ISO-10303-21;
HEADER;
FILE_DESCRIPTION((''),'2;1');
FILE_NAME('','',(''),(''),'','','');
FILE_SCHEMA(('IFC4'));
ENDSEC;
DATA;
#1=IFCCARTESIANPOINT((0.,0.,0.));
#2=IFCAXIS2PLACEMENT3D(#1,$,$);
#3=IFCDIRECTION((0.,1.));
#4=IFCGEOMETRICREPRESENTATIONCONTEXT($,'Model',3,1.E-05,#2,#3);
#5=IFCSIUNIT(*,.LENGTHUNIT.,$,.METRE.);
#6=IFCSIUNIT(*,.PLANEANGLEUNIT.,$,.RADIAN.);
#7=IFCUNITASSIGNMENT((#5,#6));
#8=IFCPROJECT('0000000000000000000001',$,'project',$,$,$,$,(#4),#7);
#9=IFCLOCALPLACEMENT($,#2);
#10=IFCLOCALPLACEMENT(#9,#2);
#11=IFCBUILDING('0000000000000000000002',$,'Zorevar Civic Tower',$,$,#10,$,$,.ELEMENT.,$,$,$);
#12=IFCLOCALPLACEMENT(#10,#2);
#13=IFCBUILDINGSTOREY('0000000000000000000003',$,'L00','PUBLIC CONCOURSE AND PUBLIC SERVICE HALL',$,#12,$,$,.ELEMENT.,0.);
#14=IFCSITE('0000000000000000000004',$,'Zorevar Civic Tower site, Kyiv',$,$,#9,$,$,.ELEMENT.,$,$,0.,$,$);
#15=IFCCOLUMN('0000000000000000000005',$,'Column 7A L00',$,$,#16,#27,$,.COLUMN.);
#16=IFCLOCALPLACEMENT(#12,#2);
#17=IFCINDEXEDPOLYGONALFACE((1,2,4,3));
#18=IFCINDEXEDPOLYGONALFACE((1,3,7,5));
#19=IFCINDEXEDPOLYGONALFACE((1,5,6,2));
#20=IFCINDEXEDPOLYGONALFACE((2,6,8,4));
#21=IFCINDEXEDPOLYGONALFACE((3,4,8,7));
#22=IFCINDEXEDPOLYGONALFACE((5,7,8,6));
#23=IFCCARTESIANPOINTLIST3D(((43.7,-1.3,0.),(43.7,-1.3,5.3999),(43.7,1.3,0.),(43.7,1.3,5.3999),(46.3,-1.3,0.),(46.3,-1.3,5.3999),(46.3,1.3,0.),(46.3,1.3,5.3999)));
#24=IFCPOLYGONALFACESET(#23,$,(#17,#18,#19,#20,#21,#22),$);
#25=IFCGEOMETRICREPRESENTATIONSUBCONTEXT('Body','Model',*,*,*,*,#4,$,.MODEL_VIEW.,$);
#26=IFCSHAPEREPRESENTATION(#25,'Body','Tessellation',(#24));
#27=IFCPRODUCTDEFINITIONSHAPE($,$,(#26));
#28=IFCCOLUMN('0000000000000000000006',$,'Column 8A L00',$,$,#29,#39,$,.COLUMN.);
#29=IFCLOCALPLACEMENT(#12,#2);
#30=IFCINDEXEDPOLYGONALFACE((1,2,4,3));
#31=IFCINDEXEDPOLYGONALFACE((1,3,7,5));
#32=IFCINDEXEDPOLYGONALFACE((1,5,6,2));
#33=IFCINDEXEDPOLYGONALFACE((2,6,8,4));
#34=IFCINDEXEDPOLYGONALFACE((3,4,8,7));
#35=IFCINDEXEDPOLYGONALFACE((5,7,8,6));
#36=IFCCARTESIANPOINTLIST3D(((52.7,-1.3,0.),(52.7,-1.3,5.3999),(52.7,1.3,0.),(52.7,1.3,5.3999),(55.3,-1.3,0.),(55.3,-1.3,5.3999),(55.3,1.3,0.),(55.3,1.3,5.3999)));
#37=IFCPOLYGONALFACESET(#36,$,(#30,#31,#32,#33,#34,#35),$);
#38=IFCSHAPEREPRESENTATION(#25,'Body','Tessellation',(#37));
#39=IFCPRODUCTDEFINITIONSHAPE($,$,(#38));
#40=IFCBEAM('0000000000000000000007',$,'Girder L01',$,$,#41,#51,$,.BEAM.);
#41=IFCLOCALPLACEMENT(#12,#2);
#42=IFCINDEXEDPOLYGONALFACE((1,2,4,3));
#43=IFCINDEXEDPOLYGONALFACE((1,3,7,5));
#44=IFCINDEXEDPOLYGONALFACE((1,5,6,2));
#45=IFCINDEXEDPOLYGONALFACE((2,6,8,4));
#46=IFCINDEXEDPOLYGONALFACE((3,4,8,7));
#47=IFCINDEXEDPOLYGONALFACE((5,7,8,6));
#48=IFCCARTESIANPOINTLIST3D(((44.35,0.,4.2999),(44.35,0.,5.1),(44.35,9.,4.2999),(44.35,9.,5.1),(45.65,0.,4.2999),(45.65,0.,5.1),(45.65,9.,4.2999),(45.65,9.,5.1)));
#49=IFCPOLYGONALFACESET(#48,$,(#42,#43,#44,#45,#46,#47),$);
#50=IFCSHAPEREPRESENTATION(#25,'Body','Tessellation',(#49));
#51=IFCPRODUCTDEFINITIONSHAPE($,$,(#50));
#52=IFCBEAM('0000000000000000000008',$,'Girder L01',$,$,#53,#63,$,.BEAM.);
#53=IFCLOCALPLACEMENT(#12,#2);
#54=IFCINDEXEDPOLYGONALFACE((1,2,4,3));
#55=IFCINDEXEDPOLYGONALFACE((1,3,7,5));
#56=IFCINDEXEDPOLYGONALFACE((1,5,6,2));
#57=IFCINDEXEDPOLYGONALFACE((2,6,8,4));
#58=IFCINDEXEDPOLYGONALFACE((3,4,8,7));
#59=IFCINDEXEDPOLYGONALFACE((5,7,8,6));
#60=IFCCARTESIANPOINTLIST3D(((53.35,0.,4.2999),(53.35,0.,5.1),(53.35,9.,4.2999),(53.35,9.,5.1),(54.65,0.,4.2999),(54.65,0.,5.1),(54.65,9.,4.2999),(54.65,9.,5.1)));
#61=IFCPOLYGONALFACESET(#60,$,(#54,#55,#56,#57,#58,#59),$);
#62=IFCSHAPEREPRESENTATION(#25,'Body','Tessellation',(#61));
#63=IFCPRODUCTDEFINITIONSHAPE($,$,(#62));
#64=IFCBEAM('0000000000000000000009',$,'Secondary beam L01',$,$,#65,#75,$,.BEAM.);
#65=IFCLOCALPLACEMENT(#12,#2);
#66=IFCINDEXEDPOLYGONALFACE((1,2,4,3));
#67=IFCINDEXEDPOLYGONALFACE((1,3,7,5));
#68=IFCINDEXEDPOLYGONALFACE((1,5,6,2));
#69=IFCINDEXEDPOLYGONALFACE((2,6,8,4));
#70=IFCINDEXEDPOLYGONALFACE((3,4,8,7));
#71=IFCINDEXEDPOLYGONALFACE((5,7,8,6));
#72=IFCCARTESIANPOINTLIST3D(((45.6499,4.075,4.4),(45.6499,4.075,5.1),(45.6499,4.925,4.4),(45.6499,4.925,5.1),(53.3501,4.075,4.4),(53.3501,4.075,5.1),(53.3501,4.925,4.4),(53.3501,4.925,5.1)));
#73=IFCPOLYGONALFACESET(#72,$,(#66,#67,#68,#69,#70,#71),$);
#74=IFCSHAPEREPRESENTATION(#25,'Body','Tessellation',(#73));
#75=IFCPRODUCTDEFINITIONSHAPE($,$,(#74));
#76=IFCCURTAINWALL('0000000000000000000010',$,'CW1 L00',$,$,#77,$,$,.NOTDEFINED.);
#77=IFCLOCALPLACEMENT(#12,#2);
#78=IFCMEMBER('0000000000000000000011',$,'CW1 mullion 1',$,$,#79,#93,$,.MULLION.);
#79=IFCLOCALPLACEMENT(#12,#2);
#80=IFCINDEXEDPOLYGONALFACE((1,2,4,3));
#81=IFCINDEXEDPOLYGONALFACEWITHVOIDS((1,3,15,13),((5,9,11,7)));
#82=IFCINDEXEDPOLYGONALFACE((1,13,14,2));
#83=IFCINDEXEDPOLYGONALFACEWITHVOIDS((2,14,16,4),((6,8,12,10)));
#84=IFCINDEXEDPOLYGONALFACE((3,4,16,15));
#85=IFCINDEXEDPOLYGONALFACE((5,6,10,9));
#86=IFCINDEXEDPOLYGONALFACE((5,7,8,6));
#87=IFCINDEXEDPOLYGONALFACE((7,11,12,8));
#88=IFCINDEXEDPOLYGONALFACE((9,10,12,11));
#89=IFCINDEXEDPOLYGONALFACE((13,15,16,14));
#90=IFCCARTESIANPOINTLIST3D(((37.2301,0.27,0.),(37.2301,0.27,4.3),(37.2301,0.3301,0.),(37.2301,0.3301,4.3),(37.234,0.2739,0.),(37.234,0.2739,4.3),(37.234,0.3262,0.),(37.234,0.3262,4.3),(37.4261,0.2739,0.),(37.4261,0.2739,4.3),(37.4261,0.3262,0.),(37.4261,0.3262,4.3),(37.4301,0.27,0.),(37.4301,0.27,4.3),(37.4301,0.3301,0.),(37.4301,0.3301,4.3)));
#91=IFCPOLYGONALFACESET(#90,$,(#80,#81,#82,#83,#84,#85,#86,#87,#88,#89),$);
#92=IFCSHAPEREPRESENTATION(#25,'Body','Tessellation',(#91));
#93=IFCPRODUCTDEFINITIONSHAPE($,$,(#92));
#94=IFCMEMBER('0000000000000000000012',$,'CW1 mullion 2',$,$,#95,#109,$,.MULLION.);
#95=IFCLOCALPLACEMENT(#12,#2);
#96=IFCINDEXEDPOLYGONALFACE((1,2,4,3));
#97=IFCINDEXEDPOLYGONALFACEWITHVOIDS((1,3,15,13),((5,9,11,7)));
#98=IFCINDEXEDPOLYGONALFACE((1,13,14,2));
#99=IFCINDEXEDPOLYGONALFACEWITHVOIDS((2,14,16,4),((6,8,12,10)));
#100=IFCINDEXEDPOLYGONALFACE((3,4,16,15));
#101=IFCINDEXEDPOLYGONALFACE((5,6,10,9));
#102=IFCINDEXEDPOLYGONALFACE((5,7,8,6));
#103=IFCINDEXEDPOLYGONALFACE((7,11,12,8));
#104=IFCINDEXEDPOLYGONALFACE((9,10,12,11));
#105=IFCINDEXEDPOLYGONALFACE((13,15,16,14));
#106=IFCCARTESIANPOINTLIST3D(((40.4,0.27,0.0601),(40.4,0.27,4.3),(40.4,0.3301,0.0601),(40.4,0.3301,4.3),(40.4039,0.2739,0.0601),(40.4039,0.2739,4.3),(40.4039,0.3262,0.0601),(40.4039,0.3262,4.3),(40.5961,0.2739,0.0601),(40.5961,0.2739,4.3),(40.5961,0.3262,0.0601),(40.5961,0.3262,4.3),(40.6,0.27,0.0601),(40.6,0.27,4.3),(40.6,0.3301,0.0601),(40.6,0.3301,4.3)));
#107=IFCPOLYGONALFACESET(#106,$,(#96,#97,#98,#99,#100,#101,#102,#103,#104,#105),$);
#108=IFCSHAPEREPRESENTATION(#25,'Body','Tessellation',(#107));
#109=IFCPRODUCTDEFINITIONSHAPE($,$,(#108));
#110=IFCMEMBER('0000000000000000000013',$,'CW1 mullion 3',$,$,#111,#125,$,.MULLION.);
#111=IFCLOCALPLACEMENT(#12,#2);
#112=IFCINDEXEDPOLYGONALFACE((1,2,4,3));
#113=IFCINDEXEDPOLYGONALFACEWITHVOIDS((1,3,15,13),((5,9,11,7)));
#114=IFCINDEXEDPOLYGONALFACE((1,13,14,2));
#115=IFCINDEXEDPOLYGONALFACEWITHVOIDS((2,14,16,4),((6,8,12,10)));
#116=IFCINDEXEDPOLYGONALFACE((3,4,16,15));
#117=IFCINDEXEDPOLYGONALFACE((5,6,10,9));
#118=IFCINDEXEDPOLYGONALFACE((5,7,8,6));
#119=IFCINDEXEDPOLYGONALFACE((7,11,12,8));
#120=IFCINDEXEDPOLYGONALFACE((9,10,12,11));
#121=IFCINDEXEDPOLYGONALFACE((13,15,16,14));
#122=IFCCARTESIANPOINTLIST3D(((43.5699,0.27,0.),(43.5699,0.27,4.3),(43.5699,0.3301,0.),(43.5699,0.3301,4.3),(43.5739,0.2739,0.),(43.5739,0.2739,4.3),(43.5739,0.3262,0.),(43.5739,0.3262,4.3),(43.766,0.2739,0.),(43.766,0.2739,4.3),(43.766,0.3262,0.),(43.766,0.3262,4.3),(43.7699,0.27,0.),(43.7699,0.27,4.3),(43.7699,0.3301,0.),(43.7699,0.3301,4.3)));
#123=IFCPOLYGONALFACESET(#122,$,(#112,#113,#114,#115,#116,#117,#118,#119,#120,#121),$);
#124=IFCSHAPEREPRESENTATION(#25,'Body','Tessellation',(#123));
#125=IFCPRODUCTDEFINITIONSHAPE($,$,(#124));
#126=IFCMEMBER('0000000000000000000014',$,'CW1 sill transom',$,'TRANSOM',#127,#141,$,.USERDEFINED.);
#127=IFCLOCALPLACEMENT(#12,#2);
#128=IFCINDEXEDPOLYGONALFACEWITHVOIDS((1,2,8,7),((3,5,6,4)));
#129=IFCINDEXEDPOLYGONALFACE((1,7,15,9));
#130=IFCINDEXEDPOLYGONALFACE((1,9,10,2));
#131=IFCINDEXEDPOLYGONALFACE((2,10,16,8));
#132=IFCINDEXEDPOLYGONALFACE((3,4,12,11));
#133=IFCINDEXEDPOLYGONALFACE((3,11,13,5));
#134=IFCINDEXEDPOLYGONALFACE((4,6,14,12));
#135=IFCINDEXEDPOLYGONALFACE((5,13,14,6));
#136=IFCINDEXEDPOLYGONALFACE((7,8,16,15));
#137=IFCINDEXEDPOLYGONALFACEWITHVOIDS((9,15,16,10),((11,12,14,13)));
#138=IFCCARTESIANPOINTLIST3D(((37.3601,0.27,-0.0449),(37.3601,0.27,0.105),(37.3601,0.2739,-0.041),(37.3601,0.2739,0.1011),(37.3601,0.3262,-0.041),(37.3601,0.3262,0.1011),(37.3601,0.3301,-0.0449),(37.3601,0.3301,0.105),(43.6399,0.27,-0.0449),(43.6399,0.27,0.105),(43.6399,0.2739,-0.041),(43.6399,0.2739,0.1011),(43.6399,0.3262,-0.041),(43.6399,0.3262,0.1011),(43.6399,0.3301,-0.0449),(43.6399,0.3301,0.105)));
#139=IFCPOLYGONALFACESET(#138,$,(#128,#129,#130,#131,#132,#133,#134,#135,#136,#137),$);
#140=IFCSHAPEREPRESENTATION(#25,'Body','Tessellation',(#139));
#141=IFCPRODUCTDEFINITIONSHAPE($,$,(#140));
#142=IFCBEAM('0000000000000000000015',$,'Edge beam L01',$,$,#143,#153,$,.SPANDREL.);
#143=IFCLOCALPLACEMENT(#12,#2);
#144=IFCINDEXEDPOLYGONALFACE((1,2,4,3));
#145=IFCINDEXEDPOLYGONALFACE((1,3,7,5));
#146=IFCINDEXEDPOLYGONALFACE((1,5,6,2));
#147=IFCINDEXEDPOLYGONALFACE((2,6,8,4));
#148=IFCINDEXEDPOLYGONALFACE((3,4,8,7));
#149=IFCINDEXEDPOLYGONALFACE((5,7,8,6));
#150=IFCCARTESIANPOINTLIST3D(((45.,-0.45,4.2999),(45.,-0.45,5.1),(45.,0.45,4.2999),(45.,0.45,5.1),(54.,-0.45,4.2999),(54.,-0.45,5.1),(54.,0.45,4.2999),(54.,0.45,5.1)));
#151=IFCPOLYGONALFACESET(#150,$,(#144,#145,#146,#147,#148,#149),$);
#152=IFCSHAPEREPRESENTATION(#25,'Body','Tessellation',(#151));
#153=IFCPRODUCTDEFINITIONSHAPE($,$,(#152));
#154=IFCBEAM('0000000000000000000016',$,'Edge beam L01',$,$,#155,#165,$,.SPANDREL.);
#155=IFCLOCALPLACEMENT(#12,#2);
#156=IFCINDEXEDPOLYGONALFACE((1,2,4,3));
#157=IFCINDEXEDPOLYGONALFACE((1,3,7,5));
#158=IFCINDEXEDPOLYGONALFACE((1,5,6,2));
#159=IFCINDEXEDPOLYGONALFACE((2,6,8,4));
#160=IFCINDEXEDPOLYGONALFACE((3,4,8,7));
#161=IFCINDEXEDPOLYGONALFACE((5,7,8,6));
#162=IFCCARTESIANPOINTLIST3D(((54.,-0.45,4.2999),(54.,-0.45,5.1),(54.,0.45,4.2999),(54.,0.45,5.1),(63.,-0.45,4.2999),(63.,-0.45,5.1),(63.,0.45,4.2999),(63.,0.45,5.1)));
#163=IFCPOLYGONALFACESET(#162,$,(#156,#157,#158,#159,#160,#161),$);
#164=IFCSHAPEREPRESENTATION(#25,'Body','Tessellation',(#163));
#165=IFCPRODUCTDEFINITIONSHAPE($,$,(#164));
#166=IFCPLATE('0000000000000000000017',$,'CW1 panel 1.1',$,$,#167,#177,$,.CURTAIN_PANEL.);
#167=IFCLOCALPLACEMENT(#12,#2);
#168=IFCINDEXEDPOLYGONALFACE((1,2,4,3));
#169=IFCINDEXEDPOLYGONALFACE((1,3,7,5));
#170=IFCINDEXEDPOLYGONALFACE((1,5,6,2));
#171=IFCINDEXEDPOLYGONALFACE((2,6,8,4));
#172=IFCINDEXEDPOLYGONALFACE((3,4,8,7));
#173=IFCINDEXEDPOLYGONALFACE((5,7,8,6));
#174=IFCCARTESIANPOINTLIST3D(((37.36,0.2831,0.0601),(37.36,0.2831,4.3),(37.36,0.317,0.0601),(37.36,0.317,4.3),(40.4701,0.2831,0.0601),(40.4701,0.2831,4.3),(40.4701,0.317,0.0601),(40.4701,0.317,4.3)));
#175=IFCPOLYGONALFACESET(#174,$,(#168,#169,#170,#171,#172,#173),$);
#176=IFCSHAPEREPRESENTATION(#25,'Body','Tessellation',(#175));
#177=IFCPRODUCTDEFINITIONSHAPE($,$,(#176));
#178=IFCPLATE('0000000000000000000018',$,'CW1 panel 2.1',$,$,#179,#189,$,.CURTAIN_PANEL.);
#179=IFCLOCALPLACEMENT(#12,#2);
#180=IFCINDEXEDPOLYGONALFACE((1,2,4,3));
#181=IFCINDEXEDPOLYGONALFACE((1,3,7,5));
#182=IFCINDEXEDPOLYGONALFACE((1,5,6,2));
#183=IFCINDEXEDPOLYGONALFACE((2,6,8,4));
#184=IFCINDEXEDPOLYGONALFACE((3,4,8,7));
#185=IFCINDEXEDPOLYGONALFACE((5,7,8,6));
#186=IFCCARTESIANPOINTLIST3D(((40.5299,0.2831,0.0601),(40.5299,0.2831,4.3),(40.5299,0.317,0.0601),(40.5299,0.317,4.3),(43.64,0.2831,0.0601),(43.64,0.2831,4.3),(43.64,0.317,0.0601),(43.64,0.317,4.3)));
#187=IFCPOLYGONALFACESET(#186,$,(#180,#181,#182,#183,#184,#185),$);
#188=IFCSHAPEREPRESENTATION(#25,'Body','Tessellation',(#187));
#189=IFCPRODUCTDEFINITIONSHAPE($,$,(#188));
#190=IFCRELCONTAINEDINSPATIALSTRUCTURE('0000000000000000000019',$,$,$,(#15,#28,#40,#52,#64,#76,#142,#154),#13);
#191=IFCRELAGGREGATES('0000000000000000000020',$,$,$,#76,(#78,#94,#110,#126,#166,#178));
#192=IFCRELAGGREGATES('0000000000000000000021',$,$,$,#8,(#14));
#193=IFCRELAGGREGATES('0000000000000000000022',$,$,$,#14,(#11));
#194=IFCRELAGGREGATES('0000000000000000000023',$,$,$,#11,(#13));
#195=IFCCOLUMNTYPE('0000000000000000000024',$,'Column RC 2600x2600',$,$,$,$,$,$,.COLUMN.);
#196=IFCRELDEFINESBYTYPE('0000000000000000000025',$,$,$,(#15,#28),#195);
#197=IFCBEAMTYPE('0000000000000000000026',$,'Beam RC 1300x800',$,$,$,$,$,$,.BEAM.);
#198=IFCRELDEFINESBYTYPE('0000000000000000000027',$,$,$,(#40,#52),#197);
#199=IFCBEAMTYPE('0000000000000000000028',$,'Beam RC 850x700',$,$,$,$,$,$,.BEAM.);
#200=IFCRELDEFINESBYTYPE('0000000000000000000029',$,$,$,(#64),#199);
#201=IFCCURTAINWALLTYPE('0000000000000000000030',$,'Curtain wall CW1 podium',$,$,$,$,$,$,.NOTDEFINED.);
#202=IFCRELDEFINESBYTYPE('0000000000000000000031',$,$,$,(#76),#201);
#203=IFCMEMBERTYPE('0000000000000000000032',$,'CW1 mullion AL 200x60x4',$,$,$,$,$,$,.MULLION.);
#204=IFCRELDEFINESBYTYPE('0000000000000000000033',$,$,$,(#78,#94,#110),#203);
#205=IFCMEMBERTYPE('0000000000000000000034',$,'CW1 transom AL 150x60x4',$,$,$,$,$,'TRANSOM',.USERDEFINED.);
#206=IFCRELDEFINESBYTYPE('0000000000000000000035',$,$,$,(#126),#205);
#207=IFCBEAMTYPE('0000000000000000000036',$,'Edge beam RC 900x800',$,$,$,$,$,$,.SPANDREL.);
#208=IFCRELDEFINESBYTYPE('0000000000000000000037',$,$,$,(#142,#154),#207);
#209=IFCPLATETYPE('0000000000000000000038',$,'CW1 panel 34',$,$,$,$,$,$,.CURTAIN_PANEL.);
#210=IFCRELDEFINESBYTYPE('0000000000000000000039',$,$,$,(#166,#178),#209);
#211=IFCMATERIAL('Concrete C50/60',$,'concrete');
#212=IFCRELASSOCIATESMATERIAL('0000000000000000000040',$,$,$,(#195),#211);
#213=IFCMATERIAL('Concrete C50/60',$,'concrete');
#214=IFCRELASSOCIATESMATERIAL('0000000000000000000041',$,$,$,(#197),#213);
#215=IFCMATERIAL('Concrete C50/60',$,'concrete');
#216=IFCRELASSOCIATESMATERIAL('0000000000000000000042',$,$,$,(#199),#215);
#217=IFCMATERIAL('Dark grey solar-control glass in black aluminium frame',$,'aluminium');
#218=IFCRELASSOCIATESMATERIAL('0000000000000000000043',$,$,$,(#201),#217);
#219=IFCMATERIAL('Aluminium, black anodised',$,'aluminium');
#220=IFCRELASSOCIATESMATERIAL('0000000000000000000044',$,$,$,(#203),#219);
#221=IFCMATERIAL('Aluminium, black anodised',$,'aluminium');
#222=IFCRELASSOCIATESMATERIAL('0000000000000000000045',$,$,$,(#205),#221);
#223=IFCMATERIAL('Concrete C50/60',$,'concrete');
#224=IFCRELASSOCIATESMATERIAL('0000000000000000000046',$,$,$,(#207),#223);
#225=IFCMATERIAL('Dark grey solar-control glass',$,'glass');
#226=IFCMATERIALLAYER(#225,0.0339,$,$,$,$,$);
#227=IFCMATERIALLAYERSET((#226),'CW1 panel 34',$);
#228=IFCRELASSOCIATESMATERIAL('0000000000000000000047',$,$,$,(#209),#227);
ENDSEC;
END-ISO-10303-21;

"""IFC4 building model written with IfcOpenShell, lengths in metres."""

from ifc_helpers import new_model, si_unit, direction, frame, origin, origin_2d, place, context, subcontext, project, spatial, rectangle, hollow_rectangle, extrude, material, layer, layer_set, material_profile, profile_set, type_object, element, aggregate, save


model = new_model("IFC4")

# Units and contexts
model_context = context("Model", 3, precision=1e-05, world=origin(), true_north=direction((0.0, 1.0)))
body_context = subcontext(model_context, "Body", "Model", "MODEL_VIEW")
ifc_project = project(units=[si_unit("LENGTHUNIT", "METRE"), si_unit("PLANEANGLEUNIT", "RADIAN")], contexts=[model_context])

# Site, building, storey
site_placement = place(None, origin())
site = spatial("IfcSite", under=ifc_project, at=site_placement, Name="Zorevar Civic Tower site, Kyiv", CompositionType="ELEMENT", RefElevation=0.0)
building_placement = place(site_placement, origin())
building = spatial("IfcBuilding", under=site, at=building_placement, Name="Zorevar Civic Tower", CompositionType="ELEMENT")
storey_placement = place(building_placement, origin())
storey = spatial("IfcBuildingStorey", under=building, at=storey_placement, Name="L00", Description="PUBLIC CONCOURSE AND PUBLIC SERVICE HALL", CompositionType="ELEMENT", Elevation=0.0)

# Columns
ifc_material_1 = material(Name="Concrete C50/60", Category="concrete")
ifc_material_profile_1 = material_profile(ifc_material_1, rectangle(XDim=2.6001, YDim=2.6001, at=origin_2d()), Name="RC 2600x2600")
ifc_profile_set_1 = profile_set([ifc_material_profile_1], Name="Concrete C50/60")
column_type = type_object("IfcColumnType", Name="Column RC 2600x2600", PredefinedType="COLUMN", material=ifc_profile_set_1)
for number, where, z_axis, x_axis, name in (
    (1, (45.0, 0.0, 0.0), (0.0, 0.0, 1.0), (1.0, 0.0, 0.0), "Column 7A L00"),
    (2, (54.0, 0.0, 0.0), (0.0, 0.0, 1.0), (1.0, 0.0, 0.0), "Column 8A L00"),
):
    element("IfcColumn", number, at=place(storey_placement, frame(where, z_axis=z_axis, x_axis=x_axis)), inside=storey, type_object=column_type, Name=name, PredefinedType="COLUMN", context=body_context, shape_type="SweptSolid", body=[
        extrude(rectangle(XDim=2.6001, YDim=2.6001, at=origin_2d()), origin(), (0.0, 0.0, 1.0), 5.3999),
    ])

# Beams
ifc_material_2 = material(Name="Concrete C50/60", Category="concrete")
ifc_material_profile_2 = material_profile(ifc_material_2, rectangle(XDim=1.3, YDim=0.8, at=origin_2d()), Name="RC 1300x800")
ifc_profile_set_2 = profile_set([ifc_material_profile_2], Name="Concrete C50/60")
beam_type_1 = type_object("IfcBeamType", Name="Beam RC 1300x800", PredefinedType="BEAM", material=ifc_profile_set_2)
for number, where, z_axis, x_axis, name in (
    (3, (45.0, 0.0, 4.7), (0.0, 1.0, 0.0), (-1.0, 0.0, 0.0), "Girder L01"),
    (4, (54.0, 0.0, 4.7), (0.0, 1.0, 0.0), (-1.0, 0.0, 0.0), "Girder L01"),
):
    element("IfcBeam", number, at=place(storey_placement, frame(where, z_axis=z_axis, x_axis=x_axis)), inside=storey, type_object=beam_type_1, Name=name, PredefinedType="BEAM", context=body_context, shape_type="SweptSolid", body=[
        extrude(rectangle(XDim=1.3, YDim=0.8, at=origin_2d()), origin(), (0.0, 0.0, 1.0), 9.0),
    ])
ifc_material_3 = material(Name="Concrete C50/60", Category="concrete")
ifc_material_profile_3 = material_profile(ifc_material_3, rectangle(XDim=0.8501, YDim=0.7, at=origin_2d()), Name="RC 850x700")
ifc_profile_set_3 = profile_set([ifc_material_profile_3], Name="Concrete C50/60")
beam_type_2 = type_object("IfcBeamType", Name="Beam RC 850x700", PredefinedType="BEAM", material=ifc_profile_set_3)
beam_placement = place(storey_placement, frame((45.6499, 4.5, 4.75), z_axis=(1.0, 0.0, 0.0), x_axis=(0.0, 1.0, 0.0)))
element("IfcBeam", 5, at=beam_placement, inside=storey, type_object=beam_type_2, Name="Secondary beam L01", PredefinedType="BEAM", context=body_context, shape_type="SweptSolid", body=[
    extrude(rectangle(XDim=0.8501, YDim=0.7, at=origin_2d()), origin(), (0.0, 0.0, 1.0), 7.7002),
])

# Curtain wall, members
ifc_material_4 = material(Name="Dark grey solar-control glass in black aluminium frame", Category="aluminium")
curtain_wall_type = type_object("IfcCurtainWallType", Name="Curtain wall CW1 podium", PredefinedType="NOTDEFINED", material=ifc_material_4)
curtain_wall_placement = place(storey_placement, origin())
curtain_wall = element("IfcCurtainWall", 6, at=curtain_wall_placement, inside=storey, type_object=curtain_wall_type, Name="CW1 L00", PredefinedType="NOTDEFINED")
ifc_material_5 = material(Name="Aluminium, black anodised", Category="aluminium")
ifc_material_profile_4 = material_profile(ifc_material_5, hollow_rectangle(XDim=0.0601, YDim=0.2, WallThickness=0.0039, at=origin_2d()), Name="AL 200x60x4")
ifc_profile_set_4 = profile_set([ifc_material_profile_4], Name="Aluminium, black anodised")
member_type_1 = type_object("IfcMemberType", Name="CW1 mullion AL 200x60x4", PredefinedType="MULLION", material=ifc_profile_set_4)
member_1_placement = place(storey_placement, frame((37.3301, 0.3, 0.0), z_axis=(0.0, 0.0, 1.0), x_axis=(0.0, 1.0, 0.0)))
member_1 = element("IfcMember", 7, at=member_1_placement, type_object=member_type_1, Name="CW1 mullion 1", PredefinedType="MULLION", context=body_context, shape_type="SweptSolid", body=[
    extrude(hollow_rectangle(XDim=0.0601, YDim=0.2, WallThickness=0.0039, at=origin_2d()), origin(), (0.0, 0.0, 1.0), 4.3),
])
member_2_placement = place(storey_placement, frame((40.5, 0.3, 0.0601), z_axis=(0.0, 0.0, 1.0), x_axis=(0.0, 1.0, 0.0)))
member_2 = element("IfcMember", 8, at=member_2_placement, type_object=member_type_1, Name="CW1 mullion 2", PredefinedType="MULLION", context=body_context, shape_type="SweptSolid", body=[
    extrude(hollow_rectangle(XDim=0.0601, YDim=0.2, WallThickness=0.0039, at=origin_2d()), origin(), (0.0, 0.0, 1.0), 4.24),
])
member_3_placement = place(storey_placement, frame((43.6699, 0.3, 0.0), z_axis=(0.0, 0.0, 1.0), x_axis=(0.0, 1.0, 0.0)))
member_3 = element("IfcMember", 9, at=member_3_placement, type_object=member_type_1, Name="CW1 mullion 3", PredefinedType="MULLION", context=body_context, shape_type="SweptSolid", body=[
    extrude(hollow_rectangle(XDim=0.0601, YDim=0.2, WallThickness=0.0039, at=origin_2d()), origin(), (0.0, 0.0, 1.0), 4.3),
])
ifc_material_6 = material(Name="Aluminium, black anodised", Category="aluminium")
ifc_material_profile_5 = material_profile(ifc_material_6, hollow_rectangle(XDim=0.0601, YDim=0.1499, WallThickness=0.0039, at=origin_2d()), Name="AL 150x60x4")
ifc_profile_set_5 = profile_set([ifc_material_profile_5], Name="Aluminium, black anodised")
member_type_2 = type_object("IfcMemberType", Name="CW1 transom AL 150x60x4", ElementType="TRANSOM", PredefinedType="USERDEFINED", material=ifc_profile_set_5)
member_4_placement = place(storey_placement, frame((37.3601, 0.3, 0.03), z_axis=(1.0, 0.0, 0.0), x_axis=(0.0, 1.0, 0.0)))
member_4 = element("IfcMember", 10, at=member_4_placement, type_object=member_type_2, Name="CW1 sill transom", ObjectType="TRANSOM", PredefinedType="USERDEFINED", context=body_context, shape_type="SweptSolid", body=[
    extrude(hollow_rectangle(XDim=0.0601, YDim=0.1499, WallThickness=0.0039, at=origin_2d()), origin(), (0.0, 0.0, 1.0), 6.2798),
])

# Beams
ifc_material_7 = material(Name="Concrete C50/60", Category="concrete")
ifc_material_profile_6 = material_profile(ifc_material_7, rectangle(XDim=0.8999, YDim=0.8, at=origin_2d()), Name="RC 900x800")
ifc_profile_set_6 = profile_set([ifc_material_profile_6], Name="Concrete C50/60")
beam_type_3 = type_object("IfcBeamType", Name="Edge beam RC 900x800", PredefinedType="SPANDREL", material=ifc_profile_set_6)
for number, where, z_axis, x_axis, name in (
    (11, (45.0, 0.0, 4.7), (1.0, 0.0, 0.0), (0.0, 1.0, 0.0), "Edge beam L01"),
    (12, (54.0, 0.0, 4.7), (1.0, 0.0, 0.0), (0.0, 1.0, 0.0), "Edge beam L01"),
):
    element("IfcBeam", number, at=place(storey_placement, frame(where, z_axis=z_axis, x_axis=x_axis)), inside=storey, type_object=beam_type_3, Name=name, PredefinedType="SPANDREL", context=body_context, shape_type="SweptSolid", body=[
        extrude(rectangle(XDim=0.8999, YDim=0.8, at=origin_2d()), origin(), (0.0, 0.0, 1.0), 9.0),
    ])

# Plates
ifc_material_8 = material(Name="Dark grey solar-control glass", Category="glass")
ifc_layer_1 = layer(ifc_material_8, 0.0339)
ifc_layer_set_1 = layer_set([ifc_layer_1], Name="CW1 panel 34")
plate_type = type_object("IfcPlateType", Name="CW1 panel 34", PredefinedType="CURTAIN_PANEL", material=ifc_layer_set_1)
plate_1_placement = place(storey_placement, frame((38.915, 0.3, 0.0601), z_axis=(0.0, 0.0, 1.0), x_axis=(1.0, 0.0, 0.0)))
plate_1 = element("IfcPlate", 13, at=plate_1_placement, type_object=plate_type, Name="CW1 panel 1.1", PredefinedType="CURTAIN_PANEL", context=body_context, shape_type="SweptSolid", body=[
    extrude(rectangle(XDim=3.1101, YDim=0.0339, at=origin_2d()), origin(), (0.0, 0.0, 1.0), 4.24),
])
plate_2_placement = place(storey_placement, frame((42.085, 0.3, 0.0601), z_axis=(0.0, 0.0, 1.0), x_axis=(1.0, 0.0, 0.0)))
plate_2 = element("IfcPlate", 14, at=plate_2_placement, type_object=plate_type, Name="CW1 panel 2.1", PredefinedType="CURTAIN_PANEL", context=body_context, shape_type="SweptSolid", body=[
    extrude(rectangle(XDim=3.1101, YDim=0.0339, at=origin_2d()), origin(), (0.0, 0.0, 1.0), 4.24),
])
aggregate(curtain_wall, [member_1, member_2, member_3, member_4, plate_1, plate_2])

save(model, "model.ifc")
